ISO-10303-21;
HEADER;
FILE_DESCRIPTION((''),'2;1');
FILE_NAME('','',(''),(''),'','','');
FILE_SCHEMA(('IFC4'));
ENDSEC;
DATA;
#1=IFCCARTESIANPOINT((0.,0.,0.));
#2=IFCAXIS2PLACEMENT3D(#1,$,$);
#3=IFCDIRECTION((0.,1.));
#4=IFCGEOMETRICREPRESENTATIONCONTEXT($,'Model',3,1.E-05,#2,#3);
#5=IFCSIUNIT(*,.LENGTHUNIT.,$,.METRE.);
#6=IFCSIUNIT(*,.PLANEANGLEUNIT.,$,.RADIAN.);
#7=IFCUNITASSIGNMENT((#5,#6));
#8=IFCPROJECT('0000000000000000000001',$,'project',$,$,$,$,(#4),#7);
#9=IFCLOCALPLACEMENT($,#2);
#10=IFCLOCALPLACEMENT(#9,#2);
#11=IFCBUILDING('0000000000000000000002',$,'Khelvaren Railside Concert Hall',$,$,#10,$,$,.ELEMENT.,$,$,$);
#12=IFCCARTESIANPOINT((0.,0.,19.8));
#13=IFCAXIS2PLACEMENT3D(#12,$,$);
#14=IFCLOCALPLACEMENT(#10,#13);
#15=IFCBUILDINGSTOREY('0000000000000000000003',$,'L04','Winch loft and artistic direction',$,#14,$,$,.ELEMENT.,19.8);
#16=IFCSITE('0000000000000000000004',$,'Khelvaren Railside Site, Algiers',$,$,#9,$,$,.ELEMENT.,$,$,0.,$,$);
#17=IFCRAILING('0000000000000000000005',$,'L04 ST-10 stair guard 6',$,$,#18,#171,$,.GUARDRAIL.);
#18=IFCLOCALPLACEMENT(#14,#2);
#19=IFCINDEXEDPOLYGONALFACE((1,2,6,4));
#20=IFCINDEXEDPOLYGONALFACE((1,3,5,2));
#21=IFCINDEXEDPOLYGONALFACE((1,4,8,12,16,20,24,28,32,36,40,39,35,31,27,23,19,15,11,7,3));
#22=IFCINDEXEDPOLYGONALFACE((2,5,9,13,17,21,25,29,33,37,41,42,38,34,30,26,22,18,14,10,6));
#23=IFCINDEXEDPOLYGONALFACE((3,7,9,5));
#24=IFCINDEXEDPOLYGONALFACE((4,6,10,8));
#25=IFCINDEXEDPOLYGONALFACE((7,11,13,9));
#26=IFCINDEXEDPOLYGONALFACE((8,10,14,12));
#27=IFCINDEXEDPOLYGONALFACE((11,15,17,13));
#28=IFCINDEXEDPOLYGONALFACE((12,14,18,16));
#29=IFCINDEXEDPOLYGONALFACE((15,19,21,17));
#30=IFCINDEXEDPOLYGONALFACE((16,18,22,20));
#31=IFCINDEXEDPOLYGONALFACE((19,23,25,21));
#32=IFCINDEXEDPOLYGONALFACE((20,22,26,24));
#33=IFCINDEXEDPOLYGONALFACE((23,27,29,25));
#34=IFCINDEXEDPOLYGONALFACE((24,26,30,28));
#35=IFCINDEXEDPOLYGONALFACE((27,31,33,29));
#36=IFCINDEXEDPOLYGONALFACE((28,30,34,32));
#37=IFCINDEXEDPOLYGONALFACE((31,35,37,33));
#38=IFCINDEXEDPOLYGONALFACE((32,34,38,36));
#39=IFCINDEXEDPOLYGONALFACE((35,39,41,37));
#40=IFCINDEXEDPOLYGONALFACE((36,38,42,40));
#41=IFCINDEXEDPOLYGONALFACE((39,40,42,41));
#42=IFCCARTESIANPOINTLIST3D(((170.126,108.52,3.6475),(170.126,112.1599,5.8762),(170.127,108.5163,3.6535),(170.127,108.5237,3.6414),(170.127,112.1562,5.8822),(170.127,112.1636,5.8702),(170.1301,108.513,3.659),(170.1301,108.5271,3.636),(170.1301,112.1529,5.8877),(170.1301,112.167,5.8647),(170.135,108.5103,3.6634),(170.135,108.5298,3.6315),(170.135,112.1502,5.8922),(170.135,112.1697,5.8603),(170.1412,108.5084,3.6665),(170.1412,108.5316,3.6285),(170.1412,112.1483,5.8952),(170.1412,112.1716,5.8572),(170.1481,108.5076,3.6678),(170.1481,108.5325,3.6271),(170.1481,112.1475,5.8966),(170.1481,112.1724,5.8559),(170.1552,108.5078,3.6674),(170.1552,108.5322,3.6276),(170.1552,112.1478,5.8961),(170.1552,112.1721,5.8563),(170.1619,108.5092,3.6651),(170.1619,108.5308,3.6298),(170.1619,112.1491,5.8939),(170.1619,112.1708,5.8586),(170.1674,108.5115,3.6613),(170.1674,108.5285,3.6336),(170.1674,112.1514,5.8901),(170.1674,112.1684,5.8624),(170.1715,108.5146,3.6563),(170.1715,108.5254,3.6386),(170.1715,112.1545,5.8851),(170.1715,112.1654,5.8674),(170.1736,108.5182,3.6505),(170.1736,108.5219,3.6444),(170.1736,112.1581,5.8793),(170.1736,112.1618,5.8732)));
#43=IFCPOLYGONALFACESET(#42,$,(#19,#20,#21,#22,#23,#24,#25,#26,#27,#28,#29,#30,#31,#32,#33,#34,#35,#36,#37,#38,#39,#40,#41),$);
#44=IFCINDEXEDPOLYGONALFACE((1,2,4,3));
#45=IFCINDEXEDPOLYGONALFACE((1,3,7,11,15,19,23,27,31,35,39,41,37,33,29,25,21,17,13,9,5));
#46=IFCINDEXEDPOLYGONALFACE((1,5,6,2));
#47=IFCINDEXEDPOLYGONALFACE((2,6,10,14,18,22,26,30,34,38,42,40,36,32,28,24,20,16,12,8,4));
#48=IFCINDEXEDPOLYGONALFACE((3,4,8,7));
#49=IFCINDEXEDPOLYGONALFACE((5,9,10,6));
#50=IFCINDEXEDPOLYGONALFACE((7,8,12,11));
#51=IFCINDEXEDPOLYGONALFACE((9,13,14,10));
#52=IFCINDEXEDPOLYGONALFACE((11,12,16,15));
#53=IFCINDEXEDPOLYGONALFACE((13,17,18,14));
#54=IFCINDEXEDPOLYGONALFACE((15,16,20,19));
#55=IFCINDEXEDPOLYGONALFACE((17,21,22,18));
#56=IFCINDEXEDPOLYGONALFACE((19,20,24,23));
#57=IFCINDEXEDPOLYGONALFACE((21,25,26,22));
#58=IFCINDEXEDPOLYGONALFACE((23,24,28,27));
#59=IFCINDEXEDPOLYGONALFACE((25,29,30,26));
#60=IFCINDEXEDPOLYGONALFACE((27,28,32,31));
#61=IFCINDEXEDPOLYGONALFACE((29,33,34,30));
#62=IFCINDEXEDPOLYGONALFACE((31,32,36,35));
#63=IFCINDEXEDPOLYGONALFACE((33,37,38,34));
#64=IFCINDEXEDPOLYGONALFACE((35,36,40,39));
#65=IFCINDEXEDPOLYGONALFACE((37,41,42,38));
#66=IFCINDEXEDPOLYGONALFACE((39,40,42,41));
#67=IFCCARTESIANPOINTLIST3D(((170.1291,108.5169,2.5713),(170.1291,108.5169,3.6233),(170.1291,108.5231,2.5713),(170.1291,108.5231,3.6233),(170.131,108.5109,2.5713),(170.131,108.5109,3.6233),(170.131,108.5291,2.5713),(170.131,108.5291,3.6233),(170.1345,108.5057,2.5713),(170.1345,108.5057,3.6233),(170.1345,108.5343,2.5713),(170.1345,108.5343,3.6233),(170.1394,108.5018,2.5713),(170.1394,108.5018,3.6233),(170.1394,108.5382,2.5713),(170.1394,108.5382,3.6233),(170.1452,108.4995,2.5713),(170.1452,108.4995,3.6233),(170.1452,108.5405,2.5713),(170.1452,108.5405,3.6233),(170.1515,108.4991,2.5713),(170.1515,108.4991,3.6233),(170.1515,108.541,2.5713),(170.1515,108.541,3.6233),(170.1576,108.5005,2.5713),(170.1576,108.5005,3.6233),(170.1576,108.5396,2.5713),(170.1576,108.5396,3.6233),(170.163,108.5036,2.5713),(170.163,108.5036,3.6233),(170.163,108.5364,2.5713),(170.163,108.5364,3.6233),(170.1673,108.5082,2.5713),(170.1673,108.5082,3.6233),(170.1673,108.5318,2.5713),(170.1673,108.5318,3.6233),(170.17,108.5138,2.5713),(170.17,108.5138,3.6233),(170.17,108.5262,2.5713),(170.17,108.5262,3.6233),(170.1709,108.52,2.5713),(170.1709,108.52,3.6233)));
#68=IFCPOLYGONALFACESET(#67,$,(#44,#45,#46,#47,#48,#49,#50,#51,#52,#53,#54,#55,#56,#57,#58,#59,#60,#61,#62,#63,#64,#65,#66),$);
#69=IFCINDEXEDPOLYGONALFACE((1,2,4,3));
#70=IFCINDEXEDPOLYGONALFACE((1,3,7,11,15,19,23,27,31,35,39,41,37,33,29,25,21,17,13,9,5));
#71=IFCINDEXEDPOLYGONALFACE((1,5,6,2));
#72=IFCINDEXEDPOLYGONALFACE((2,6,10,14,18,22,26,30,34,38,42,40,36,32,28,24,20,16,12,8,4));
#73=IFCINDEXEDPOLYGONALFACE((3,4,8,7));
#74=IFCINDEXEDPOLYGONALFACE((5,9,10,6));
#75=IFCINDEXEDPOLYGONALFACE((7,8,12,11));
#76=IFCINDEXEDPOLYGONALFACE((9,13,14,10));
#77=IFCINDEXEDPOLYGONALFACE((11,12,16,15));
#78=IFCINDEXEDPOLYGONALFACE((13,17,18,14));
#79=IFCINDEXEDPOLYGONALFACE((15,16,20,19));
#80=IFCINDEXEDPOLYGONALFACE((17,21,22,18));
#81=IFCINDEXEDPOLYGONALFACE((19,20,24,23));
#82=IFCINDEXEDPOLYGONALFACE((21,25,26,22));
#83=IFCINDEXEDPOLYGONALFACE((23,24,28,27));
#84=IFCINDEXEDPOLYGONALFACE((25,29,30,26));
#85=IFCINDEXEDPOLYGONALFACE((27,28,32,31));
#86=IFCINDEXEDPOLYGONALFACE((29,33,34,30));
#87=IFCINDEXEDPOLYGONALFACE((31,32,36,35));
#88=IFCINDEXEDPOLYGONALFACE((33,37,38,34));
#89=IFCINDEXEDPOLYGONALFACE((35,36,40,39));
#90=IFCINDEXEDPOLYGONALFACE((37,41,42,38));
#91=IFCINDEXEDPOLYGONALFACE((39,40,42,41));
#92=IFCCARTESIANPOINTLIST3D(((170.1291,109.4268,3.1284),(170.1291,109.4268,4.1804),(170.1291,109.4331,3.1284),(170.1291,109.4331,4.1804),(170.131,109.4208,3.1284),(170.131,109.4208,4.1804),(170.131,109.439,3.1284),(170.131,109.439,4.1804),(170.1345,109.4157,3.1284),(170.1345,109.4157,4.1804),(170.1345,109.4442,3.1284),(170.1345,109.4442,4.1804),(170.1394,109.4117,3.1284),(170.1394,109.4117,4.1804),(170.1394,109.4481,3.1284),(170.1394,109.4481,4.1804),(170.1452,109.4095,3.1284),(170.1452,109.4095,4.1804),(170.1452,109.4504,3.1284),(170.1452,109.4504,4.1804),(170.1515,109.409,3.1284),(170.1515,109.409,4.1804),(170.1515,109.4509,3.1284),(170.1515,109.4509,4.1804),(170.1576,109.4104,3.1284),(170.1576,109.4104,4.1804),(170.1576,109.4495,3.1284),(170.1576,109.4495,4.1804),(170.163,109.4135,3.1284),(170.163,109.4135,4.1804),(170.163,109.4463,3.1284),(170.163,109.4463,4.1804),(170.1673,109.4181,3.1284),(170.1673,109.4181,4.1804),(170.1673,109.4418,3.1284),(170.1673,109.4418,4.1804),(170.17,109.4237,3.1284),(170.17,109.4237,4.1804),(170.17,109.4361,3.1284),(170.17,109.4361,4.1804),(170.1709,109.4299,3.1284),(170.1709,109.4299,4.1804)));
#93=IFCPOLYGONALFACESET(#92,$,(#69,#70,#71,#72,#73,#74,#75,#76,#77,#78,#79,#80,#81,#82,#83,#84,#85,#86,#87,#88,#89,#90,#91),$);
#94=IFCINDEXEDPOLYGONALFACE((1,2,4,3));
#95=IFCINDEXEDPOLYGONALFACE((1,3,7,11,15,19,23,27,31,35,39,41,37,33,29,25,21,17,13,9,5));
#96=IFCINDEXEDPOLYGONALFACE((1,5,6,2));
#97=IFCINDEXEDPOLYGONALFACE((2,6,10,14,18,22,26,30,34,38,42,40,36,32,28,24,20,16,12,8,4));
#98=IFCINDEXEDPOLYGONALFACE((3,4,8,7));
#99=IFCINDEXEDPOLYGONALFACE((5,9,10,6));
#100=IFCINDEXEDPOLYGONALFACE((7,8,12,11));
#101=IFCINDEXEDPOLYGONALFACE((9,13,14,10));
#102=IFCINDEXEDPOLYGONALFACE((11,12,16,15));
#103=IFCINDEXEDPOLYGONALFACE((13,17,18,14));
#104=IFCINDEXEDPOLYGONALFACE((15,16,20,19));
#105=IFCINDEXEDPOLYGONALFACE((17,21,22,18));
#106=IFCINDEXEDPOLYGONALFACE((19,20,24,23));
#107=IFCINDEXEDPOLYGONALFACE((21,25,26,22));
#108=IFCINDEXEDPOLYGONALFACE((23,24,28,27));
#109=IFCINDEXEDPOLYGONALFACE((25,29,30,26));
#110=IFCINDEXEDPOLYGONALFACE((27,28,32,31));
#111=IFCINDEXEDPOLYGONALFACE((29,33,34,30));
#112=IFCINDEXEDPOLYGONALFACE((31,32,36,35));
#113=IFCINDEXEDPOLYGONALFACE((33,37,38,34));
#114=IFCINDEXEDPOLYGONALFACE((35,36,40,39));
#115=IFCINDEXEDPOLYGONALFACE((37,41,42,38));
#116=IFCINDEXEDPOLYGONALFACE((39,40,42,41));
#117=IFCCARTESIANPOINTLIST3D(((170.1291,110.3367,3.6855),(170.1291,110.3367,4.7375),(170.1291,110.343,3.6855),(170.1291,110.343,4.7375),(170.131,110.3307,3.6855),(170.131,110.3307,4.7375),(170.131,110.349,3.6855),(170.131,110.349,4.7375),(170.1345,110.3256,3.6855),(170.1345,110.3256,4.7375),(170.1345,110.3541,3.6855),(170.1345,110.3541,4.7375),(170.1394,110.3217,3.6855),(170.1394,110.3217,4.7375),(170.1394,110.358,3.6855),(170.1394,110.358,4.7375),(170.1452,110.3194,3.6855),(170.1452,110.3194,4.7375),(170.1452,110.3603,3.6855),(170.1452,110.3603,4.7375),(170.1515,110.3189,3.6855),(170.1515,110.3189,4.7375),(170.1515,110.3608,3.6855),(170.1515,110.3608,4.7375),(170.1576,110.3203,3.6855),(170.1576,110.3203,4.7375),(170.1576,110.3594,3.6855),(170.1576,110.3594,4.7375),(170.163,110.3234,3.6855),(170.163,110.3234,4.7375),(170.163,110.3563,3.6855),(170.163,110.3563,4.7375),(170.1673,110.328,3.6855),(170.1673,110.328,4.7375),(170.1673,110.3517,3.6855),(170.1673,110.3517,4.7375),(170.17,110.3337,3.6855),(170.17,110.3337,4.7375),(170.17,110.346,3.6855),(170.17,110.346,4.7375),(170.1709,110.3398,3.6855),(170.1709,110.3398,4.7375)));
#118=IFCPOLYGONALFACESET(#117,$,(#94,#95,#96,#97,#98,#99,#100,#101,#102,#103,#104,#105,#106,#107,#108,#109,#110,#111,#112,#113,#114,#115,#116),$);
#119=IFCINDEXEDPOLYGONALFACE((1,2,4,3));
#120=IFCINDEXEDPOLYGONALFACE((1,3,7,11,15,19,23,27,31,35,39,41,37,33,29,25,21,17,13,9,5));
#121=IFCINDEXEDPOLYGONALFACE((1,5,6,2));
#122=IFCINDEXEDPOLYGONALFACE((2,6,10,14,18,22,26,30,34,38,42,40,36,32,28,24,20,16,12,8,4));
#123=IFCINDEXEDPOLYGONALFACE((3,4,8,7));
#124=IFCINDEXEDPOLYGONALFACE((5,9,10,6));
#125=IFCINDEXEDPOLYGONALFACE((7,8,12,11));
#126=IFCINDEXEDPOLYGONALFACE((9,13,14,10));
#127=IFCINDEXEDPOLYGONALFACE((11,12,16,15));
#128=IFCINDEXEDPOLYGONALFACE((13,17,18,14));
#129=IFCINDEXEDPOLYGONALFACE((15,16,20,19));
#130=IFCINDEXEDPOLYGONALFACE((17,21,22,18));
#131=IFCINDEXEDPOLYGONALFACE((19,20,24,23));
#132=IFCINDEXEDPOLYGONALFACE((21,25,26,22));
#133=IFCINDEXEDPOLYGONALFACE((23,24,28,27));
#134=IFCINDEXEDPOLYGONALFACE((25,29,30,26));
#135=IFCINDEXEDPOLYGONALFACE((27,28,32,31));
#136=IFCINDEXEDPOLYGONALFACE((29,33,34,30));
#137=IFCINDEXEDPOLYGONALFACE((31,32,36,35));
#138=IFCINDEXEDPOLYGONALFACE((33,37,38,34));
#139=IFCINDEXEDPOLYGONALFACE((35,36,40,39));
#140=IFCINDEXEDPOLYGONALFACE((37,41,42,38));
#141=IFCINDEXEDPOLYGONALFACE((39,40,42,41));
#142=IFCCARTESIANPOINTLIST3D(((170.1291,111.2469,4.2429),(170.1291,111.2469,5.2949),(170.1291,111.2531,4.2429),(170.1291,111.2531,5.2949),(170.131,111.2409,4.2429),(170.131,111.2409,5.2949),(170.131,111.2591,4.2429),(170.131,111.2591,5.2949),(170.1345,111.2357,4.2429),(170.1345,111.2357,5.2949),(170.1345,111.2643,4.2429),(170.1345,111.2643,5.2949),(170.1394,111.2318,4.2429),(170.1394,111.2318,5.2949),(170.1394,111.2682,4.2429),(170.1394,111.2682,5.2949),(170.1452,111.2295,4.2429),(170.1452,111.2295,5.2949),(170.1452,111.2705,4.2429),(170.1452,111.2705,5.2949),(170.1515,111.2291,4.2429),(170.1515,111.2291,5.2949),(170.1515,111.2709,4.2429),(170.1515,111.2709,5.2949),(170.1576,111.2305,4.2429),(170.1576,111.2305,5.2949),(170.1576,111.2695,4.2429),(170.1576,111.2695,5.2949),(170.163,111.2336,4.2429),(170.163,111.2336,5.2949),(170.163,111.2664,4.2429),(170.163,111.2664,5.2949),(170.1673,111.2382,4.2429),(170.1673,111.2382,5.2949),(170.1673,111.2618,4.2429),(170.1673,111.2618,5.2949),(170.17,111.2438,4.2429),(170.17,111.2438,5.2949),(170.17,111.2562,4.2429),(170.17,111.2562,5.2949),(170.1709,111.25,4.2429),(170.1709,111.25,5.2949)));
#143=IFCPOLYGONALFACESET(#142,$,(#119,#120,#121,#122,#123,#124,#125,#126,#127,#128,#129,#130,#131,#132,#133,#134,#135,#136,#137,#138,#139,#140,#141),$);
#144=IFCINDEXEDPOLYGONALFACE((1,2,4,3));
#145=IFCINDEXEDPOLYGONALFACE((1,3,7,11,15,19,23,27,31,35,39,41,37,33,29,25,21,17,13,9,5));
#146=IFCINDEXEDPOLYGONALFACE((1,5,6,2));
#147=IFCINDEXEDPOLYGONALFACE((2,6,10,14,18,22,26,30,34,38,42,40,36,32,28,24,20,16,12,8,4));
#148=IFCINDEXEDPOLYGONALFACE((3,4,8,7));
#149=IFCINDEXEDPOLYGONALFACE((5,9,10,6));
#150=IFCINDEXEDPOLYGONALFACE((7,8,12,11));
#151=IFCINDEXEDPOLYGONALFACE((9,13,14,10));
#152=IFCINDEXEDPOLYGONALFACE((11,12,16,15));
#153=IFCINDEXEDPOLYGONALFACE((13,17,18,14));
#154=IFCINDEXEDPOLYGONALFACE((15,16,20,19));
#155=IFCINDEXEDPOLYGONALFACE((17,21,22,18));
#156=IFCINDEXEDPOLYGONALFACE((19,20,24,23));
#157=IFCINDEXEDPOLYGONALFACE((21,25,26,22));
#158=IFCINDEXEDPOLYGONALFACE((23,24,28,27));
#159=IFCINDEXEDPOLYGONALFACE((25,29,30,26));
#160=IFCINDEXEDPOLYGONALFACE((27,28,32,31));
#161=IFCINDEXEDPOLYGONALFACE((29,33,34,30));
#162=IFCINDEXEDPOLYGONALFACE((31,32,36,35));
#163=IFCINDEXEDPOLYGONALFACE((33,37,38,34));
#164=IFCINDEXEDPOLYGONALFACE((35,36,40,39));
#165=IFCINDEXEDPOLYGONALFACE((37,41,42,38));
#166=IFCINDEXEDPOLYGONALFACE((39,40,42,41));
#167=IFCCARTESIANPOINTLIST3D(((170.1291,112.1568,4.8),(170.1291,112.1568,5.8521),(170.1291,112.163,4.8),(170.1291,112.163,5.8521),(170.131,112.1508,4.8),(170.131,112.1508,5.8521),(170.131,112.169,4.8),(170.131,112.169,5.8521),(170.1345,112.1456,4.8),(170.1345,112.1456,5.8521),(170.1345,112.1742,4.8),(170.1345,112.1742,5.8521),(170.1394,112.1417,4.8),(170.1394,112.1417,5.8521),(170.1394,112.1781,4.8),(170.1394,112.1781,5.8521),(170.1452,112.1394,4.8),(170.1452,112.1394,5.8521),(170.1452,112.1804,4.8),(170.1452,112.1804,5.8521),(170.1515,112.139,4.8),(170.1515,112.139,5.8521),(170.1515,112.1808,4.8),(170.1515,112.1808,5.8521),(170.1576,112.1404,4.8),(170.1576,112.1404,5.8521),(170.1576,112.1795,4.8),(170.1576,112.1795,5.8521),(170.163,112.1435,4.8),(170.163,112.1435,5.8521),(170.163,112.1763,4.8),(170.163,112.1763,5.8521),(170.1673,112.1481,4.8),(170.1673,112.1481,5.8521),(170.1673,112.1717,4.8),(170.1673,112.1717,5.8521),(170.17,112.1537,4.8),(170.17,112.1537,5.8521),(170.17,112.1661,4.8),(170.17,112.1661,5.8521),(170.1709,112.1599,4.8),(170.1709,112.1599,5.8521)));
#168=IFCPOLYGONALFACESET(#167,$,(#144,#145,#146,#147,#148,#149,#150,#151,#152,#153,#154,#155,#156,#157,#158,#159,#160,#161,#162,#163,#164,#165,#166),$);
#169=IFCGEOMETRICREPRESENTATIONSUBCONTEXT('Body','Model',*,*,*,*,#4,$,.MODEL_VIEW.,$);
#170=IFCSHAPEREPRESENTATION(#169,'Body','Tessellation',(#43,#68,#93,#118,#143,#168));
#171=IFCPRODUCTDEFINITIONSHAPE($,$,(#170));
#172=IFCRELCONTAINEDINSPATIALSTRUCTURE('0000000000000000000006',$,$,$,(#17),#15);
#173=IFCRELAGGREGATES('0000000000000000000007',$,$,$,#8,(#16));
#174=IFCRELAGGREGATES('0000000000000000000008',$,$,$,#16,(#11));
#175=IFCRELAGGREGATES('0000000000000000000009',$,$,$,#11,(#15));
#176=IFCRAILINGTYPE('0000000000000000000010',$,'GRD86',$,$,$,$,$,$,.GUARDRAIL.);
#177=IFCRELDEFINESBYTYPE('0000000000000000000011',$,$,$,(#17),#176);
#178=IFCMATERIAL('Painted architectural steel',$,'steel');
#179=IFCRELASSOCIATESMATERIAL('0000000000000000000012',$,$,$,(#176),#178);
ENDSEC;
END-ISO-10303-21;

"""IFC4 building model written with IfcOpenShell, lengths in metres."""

from ifc_helpers import new_model, si_unit, direction, frame, origin, origin_2d, place, context, subcontext, project, spatial, circle, extrude, material, type_object, element, save


model = new_model("IFC4")

# Units and contexts
model_context = context("Model", 3, precision=1e-05, world=origin(), true_north=direction((0.0, 1.0)))
body_context = subcontext(model_context, "Body", "Model", "MODEL_VIEW")
ifc_project = project(units=[si_unit("LENGTHUNIT", "METRE"), si_unit("PLANEANGLEUNIT", "RADIAN")], contexts=[model_context])

# Site, building, storey
site_placement = place(None, origin())
site = spatial("IfcSite", under=ifc_project, at=site_placement, Name="Khelvaren Railside Site, Algiers", CompositionType="ELEMENT", RefElevation=0.0)
building_placement = place(site_placement, origin())
building = spatial("IfcBuilding", under=site, at=building_placement, Name="Khelvaren Railside Concert Hall", CompositionType="ELEMENT")
storey_placement = place(building_placement, frame((0.0, 0.0, 19.8)))
storey = spatial("IfcBuildingStorey", under=building, at=storey_placement, Name="L04", Description="Winch loft and artistic direction", CompositionType="ELEMENT", Elevation=19.8)

# Railing
ifc_material_1 = material(Name="Painted architectural steel", Category="steel")
railing_type_1 = type_object("IfcRailingType", Name="GRD86", PredefinedType="GUARDRAIL", material=ifc_material_1)
railing_1_placement = place(storey_placement, frame((170.1499, 108.52, 2.5713)))
element("IfcRailing", 1, at=railing_1_placement, inside=storey, type_object=railing_type_1, Name="L04 ST-10 stair guard 6", PredefinedType="GUARDRAIL", context=body_context, shape_type="SweptSolid", body=[
    extrude(circle(Radius=0.0239, at=origin_2d()), frame((0.0, 0.0, 1.0762), z_axis=(0.0, 0.852825, 0.522197), x_axis=(-1.0, 0.0, 0.0)), (0.0, 0.0, 1.0), 4.2681),
    extrude(circle(Radius=0.021, at=origin_2d()), origin(), (0.0, 0.0, 1.0), 1.052),
    extrude(circle(Radius=0.021, at=origin_2d()), frame((0.0, 0.9099, 0.5571)), (0.0, 0.0, 1.0), 1.052),
    extrude(circle(Radius=0.021, at=origin_2d()), frame((0.0, 1.8198, 1.1143)), (0.0, 0.0, 1.0), 1.052),
    extrude(circle(Radius=0.021, at=origin_2d()), frame((0.0, 2.73, 1.6716)), (0.0, 0.0, 1.0), 1.052),
    extrude(circle(Radius=0.021, at=origin_2d()), frame((0.0, 3.6399, 2.2288)), (0.0, 0.0, 1.0), 1.052),
])

save(model, "model.ifc")
